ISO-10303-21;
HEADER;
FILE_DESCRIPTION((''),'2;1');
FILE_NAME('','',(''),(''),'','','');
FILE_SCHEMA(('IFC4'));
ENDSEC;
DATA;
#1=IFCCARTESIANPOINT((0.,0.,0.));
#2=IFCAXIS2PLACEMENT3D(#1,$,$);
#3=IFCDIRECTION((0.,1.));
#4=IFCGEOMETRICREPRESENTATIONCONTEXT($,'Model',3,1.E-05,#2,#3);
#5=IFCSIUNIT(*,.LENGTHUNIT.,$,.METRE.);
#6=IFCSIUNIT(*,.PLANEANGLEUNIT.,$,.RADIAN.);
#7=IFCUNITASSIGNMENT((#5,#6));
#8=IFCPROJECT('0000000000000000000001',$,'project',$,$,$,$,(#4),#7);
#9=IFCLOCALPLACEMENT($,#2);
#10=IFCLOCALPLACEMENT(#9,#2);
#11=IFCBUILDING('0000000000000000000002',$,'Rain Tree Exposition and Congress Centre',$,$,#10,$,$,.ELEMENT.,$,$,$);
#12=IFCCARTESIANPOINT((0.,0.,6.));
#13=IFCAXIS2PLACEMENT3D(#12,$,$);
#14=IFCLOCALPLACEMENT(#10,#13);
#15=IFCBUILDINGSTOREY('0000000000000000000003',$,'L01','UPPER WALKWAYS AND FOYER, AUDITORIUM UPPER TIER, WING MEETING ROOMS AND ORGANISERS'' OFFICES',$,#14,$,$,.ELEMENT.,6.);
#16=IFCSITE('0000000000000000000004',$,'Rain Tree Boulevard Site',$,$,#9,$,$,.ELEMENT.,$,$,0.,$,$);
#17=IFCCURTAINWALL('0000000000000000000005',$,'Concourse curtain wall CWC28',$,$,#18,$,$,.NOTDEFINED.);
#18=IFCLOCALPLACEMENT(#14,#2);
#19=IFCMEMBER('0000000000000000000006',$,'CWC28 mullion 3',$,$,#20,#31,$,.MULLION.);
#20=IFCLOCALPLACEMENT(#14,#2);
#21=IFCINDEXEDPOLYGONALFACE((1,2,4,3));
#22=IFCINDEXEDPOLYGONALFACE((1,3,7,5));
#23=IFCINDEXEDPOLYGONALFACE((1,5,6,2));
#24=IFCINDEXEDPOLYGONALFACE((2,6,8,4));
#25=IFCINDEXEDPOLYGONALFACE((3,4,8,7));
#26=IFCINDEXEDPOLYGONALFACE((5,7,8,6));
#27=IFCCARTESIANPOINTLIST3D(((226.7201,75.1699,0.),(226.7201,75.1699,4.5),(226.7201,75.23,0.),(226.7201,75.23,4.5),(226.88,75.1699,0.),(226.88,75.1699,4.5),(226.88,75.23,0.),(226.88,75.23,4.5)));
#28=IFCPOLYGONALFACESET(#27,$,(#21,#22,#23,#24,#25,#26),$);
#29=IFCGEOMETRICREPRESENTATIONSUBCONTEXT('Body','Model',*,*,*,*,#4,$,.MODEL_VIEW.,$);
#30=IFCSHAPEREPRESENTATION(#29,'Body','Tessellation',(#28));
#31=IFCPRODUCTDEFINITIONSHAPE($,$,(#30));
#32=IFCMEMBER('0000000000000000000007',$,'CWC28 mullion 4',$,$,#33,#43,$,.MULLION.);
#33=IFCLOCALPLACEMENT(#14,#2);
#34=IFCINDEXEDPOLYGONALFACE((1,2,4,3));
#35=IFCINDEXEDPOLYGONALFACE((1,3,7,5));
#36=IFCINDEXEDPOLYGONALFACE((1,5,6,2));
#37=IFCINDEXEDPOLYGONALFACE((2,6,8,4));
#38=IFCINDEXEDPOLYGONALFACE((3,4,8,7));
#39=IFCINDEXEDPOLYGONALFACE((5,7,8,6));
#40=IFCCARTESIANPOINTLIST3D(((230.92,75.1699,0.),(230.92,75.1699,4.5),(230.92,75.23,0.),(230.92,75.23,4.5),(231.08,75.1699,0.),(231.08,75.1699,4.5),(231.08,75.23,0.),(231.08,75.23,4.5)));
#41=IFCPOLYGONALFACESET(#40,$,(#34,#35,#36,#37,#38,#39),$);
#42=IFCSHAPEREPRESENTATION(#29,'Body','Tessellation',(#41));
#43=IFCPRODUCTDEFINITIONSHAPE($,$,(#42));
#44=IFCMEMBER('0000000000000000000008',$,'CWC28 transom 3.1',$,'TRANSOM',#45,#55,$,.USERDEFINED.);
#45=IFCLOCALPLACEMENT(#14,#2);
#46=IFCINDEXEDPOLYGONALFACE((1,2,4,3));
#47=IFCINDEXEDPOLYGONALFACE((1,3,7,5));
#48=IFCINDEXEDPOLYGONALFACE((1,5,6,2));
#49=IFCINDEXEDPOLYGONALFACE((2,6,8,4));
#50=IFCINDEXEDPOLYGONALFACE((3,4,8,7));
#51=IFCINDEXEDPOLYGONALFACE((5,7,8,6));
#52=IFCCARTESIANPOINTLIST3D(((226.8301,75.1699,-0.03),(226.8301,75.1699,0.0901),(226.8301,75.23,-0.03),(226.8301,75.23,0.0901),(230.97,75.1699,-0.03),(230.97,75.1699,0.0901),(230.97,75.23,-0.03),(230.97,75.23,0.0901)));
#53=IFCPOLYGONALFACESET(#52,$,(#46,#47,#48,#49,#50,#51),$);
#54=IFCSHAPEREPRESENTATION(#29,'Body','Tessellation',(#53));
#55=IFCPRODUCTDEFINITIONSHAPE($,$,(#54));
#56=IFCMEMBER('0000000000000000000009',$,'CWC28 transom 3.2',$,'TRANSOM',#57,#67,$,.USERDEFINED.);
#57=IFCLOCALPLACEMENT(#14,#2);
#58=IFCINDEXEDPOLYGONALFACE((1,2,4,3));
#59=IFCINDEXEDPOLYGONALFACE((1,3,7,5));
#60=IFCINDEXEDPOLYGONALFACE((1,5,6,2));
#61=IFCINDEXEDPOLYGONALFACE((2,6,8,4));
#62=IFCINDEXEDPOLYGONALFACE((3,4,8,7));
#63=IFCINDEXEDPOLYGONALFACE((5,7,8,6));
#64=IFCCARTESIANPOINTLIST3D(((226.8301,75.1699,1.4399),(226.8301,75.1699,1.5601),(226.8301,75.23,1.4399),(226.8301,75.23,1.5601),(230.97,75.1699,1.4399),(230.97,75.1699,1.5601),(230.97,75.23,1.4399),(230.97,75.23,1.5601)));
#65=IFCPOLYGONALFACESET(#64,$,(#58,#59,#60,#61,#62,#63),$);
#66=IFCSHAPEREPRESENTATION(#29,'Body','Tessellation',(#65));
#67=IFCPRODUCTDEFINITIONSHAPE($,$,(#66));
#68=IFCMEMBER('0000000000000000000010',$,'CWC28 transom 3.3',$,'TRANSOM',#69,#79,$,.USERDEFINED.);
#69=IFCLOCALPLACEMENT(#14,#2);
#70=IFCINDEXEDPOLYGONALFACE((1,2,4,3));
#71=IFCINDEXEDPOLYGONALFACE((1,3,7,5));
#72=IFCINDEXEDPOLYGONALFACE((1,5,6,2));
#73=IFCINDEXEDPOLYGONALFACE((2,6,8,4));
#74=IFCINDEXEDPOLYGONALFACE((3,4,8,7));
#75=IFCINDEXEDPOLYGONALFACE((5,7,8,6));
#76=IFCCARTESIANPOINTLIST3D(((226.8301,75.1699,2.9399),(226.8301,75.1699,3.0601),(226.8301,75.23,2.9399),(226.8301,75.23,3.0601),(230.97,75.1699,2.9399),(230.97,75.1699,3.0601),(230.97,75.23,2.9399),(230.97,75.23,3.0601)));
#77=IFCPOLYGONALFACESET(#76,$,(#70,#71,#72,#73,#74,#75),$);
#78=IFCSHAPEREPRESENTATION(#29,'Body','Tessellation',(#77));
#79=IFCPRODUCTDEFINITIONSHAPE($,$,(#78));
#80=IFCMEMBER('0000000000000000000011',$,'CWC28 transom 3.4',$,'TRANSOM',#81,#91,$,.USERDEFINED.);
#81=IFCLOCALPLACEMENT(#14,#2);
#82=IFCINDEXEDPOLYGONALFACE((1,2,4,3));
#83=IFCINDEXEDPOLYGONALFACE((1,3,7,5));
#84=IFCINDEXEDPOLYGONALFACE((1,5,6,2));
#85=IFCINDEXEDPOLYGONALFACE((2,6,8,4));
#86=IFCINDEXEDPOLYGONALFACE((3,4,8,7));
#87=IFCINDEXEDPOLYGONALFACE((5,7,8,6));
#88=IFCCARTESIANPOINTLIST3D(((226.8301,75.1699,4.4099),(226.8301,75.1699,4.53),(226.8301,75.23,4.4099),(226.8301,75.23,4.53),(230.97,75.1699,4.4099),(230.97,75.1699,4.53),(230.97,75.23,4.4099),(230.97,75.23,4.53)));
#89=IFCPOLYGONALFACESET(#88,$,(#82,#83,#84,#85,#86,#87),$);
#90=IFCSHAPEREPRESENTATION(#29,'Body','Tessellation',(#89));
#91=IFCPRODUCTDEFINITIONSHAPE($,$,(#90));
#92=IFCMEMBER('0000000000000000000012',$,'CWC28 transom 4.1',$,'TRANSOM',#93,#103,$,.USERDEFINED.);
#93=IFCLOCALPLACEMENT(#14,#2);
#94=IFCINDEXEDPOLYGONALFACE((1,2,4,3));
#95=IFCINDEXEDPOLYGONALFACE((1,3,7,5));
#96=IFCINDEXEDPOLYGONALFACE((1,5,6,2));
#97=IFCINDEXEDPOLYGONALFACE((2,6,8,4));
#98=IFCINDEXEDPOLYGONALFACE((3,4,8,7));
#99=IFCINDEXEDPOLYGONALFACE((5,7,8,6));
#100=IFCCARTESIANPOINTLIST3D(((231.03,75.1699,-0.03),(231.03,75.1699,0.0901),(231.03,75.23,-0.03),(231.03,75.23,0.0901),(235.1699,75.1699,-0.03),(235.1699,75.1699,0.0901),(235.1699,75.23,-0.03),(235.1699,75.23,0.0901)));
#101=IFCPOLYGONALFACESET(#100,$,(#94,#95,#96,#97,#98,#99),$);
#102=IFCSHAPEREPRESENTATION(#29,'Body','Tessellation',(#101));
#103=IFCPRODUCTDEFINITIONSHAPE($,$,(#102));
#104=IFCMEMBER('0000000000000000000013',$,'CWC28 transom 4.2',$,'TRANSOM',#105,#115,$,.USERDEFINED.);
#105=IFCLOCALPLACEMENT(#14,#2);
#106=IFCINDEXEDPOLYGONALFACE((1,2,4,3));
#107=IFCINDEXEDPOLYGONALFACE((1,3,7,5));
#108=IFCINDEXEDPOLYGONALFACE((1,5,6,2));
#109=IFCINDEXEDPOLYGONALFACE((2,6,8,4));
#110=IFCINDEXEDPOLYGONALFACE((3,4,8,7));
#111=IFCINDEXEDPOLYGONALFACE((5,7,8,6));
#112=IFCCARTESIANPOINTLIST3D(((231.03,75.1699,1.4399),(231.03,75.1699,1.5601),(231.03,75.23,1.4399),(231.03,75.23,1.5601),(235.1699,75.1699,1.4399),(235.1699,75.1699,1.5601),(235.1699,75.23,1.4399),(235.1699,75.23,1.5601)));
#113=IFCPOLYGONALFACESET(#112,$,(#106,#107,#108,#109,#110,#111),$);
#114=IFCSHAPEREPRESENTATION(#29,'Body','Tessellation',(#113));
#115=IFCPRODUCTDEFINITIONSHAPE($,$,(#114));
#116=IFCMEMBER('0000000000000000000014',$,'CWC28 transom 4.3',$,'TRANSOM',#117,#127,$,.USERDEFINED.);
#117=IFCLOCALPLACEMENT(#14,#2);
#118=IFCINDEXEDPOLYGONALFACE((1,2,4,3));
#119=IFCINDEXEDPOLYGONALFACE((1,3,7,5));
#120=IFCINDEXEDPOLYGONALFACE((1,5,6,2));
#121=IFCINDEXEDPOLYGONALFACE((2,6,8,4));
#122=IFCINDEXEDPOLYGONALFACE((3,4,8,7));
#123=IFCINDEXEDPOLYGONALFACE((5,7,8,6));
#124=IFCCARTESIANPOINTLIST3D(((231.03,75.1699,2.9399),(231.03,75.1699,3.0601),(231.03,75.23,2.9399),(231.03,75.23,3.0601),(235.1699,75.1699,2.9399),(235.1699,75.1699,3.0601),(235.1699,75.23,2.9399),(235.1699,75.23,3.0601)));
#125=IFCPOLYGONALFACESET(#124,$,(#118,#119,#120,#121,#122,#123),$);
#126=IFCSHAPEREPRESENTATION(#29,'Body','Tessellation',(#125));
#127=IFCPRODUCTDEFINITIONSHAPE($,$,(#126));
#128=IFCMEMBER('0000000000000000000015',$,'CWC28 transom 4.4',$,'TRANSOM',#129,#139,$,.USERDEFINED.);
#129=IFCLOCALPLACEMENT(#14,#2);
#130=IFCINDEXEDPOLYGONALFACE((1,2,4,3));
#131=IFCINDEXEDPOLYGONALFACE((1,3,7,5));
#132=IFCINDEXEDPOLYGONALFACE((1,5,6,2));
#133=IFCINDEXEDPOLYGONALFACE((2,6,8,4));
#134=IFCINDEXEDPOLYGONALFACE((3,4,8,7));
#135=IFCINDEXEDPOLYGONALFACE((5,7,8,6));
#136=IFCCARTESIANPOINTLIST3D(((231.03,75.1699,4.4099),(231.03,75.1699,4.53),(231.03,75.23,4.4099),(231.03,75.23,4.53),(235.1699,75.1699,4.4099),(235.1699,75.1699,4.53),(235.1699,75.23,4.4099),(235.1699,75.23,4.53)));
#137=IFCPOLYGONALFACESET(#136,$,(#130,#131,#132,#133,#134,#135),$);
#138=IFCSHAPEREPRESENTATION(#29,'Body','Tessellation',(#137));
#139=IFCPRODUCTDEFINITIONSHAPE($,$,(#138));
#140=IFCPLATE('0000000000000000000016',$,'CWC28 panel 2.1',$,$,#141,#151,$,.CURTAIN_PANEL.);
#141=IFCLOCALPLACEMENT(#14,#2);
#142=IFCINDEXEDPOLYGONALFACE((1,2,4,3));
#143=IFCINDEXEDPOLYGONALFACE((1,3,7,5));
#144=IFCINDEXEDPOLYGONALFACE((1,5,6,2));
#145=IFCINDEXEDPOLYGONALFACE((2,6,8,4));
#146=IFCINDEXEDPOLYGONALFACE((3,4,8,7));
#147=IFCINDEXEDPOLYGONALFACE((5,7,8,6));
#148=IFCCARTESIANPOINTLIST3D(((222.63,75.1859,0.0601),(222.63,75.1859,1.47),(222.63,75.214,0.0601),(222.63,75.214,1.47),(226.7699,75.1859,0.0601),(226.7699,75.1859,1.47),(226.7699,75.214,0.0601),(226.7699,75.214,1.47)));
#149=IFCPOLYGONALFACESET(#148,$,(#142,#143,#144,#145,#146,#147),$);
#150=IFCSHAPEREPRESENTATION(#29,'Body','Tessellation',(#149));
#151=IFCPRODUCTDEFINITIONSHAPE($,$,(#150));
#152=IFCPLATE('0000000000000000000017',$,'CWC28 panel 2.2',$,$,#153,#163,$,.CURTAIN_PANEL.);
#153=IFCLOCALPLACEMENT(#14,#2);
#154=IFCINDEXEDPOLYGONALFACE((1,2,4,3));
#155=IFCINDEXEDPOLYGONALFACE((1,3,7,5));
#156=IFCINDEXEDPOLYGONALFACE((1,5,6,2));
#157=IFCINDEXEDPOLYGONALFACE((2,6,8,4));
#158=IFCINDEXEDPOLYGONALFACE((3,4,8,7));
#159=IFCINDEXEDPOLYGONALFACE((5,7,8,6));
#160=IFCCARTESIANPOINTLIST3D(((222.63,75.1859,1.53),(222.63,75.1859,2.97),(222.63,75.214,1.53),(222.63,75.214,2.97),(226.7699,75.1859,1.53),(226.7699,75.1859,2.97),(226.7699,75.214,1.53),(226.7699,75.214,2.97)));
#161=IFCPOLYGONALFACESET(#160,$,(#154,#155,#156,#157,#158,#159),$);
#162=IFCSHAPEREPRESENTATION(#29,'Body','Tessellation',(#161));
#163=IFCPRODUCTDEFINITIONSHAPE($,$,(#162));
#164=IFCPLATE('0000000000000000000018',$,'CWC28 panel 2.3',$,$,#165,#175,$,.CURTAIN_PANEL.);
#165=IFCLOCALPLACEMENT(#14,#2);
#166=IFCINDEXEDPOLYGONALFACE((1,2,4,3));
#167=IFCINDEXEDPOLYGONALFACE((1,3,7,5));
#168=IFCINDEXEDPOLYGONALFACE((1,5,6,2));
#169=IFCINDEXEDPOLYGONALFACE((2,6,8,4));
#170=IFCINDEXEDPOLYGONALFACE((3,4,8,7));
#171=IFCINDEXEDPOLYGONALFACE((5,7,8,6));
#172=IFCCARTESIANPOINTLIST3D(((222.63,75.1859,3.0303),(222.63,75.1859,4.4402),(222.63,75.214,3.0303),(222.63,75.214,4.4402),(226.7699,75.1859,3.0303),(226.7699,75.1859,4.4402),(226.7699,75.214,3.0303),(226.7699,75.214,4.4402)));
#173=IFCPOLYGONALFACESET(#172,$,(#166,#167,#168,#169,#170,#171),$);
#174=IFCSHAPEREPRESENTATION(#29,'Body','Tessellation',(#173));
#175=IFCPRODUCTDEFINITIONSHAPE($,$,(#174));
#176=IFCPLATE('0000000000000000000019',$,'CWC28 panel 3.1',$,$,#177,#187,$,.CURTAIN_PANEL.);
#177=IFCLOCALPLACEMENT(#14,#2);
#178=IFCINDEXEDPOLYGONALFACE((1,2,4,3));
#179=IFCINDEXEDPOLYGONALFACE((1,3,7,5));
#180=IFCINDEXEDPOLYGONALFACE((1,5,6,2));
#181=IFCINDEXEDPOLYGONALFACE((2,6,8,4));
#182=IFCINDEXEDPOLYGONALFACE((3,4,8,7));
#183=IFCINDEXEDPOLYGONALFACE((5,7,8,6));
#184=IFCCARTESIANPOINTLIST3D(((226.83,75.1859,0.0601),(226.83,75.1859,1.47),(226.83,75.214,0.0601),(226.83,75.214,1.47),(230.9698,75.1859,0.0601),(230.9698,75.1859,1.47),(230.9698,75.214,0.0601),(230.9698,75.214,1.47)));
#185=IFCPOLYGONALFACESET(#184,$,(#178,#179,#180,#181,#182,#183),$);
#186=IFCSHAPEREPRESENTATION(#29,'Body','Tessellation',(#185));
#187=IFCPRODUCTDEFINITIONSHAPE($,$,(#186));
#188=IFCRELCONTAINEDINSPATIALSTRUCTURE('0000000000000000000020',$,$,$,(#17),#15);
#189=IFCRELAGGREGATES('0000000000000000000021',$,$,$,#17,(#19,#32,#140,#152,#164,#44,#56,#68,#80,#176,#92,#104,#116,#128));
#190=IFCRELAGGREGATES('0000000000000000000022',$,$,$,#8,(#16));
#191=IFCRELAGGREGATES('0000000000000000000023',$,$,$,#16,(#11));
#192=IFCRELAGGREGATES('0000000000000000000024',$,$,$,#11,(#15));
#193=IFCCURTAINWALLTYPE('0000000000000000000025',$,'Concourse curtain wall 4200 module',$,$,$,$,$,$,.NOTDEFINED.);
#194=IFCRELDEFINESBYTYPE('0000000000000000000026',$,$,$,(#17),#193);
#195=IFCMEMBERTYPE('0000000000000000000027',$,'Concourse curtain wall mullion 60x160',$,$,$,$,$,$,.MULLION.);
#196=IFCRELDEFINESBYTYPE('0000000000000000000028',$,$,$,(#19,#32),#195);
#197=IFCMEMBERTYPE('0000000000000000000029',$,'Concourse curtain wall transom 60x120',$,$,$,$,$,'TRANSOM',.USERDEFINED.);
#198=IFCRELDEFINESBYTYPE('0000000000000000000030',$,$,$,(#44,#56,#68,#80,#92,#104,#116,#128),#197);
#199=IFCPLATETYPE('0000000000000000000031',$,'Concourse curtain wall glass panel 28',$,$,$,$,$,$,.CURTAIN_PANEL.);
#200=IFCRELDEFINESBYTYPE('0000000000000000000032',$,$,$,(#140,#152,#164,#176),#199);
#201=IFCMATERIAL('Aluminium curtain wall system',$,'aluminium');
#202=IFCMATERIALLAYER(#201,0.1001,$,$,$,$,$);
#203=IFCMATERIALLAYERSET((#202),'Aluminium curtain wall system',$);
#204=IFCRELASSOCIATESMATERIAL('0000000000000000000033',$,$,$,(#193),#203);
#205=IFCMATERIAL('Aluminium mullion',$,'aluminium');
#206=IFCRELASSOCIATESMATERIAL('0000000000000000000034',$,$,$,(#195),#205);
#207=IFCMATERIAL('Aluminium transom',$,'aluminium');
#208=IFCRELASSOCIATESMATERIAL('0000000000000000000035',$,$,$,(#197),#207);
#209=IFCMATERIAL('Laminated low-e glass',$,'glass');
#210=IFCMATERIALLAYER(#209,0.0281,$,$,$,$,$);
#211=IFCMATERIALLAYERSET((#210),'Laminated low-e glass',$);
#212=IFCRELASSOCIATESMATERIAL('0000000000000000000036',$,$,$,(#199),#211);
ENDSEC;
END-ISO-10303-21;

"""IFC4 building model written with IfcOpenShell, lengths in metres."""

from ifc_helpers import new_model, si_unit, direction, frame, origin, origin_2d, place, context, subcontext, project, spatial, rectangle, extrude, material, layer, layer_set, material_profile, profile_set, type_object, element, aggregate, save


model = new_model("IFC4")

# Units and contexts
model_context = context("Model", 3, precision=1e-05, world=origin(), true_north=direction((0.0, 1.0)))
body_context = subcontext(model_context, "Body", "Model", "MODEL_VIEW")
ifc_project = project(units=[si_unit("LENGTHUNIT", "METRE"), si_unit("PLANEANGLEUNIT", "RADIAN")], contexts=[model_context])

# Site, building, storey
site_placement = place(None, origin())
site = spatial("IfcSite", under=ifc_project, at=site_placement, Name="Rain Tree Boulevard Site", CompositionType="ELEMENT", RefElevation=0.0)
building_placement = place(site_placement, origin())
building = spatial("IfcBuilding", under=site, at=building_placement, Name="Rain Tree Exposition and Congress Centre", CompositionType="ELEMENT")
storey_placement = place(building_placement, frame((0.0, 0.0, 6.0)))
storey = spatial("IfcBuildingStorey", under=building, at=storey_placement, Name="L01", Description="UPPER WALKWAYS AND FOYER, AUDITORIUM UPPER TIER, WING MEETING ROOMS AND ORGANISERS' OFFICES", CompositionType="ELEMENT", Elevation=6.0)

# Curtain wall, members, plates
ifc_material_1 = material(Name="Aluminium curtain wall system", Category="aluminium")
ifc_layer_1 = layer(ifc_material_1, 0.1001)
ifc_layer_set_1 = layer_set([ifc_layer_1], Name="Aluminium curtain wall system")
curtain_wall_type = type_object("IfcCurtainWallType", Name="Concourse curtain wall 4200 module", PredefinedType="NOTDEFINED", material=ifc_layer_set_1)
curtain_wall_placement = place(storey_placement, origin())
curtain_wall = element("IfcCurtainWall", 1, at=curtain_wall_placement, inside=storey, type_object=curtain_wall_type, Name="Concourse curtain wall CWC28", PredefinedType="NOTDEFINED")
ifc_material_2 = material(Name="Aluminium mullion", Category="aluminium")
ifc_material_profile_1 = material_profile(ifc_material_2, rectangle(XDim=0.0601, YDim=0.1599, at=origin_2d()), Name="AL 60x160")
ifc_profile_set_1 = profile_set([ifc_material_profile_1], Name="Aluminium mullion")
member_type_1 = type_object("IfcMemberType", Name="Concourse curtain wall mullion 60x160", PredefinedType="MULLION", material=ifc_profile_set_1)
member_1_placement = place(storey_placement, frame((226.8, 75.2, 0.0), z_axis=(0.0, 0.0, 1.0), x_axis=(0.0, 1.0, 0.0)))
member_1 = element("IfcMember", 2, at=member_1_placement, type_object=member_type_1, Name="CWC28 mullion 3", PredefinedType="MULLION", context=body_context, shape_type="SweptSolid", body=[
    extrude(rectangle(XDim=0.0601, YDim=0.1599, at=origin_2d()), origin(), (0.0, 0.0, 1.0), 4.5),
])
member_2_placement = place(storey_placement, frame((231.0, 75.2, 0.0), z_axis=(0.0, 0.0, 1.0), x_axis=(0.0, 1.0, 0.0)))
member_2 = element("IfcMember", 3, at=member_2_placement, type_object=member_type_1, Name="CWC28 mullion 4", PredefinedType="MULLION", context=body_context, shape_type="SweptSolid", body=[
    extrude(rectangle(XDim=0.0601, YDim=0.1599, at=origin_2d()), origin(), (0.0, 0.0, 1.0), 4.5),
])
ifc_material_3 = material(Name="Aluminium transom", Category="aluminium")
ifc_material_profile_2 = material_profile(ifc_material_3, rectangle(XDim=0.0601, YDim=0.1201, at=origin_2d()), Name="AL 60x120")
ifc_profile_set_2 = profile_set([ifc_material_profile_2], Name="Aluminium transom")
member_type_2 = type_object("IfcMemberType", Name="Concourse curtain wall transom 60x120", ElementType="TRANSOM", PredefinedType="USERDEFINED", material=ifc_profile_set_2)
member_3_placement = place(storey_placement, frame((226.8301, 75.2, 0.03), z_axis=(1.0, 0.0, 0.0), x_axis=(0.0, 1.0, 0.0)))
member_3 = element("IfcMember", 4, at=member_3_placement, type_object=member_type_2, Name="CWC28 transom 3.1", ObjectType="TRANSOM", PredefinedType="USERDEFINED", context=body_context, shape_type="SweptSolid", body=[
    extrude(rectangle(XDim=0.0601, YDim=0.1201, at=origin_2d()), origin(), (0.0, 0.0, 1.0), 4.1399),
])
member_4_placement = place(storey_placement, frame((226.8301, 75.2, 1.5), z_axis=(1.0, 0.0, 0.0), x_axis=(0.0, 1.0, 0.0)))
member_4 = element("IfcMember", 5, at=member_4_placement, type_object=member_type_2, Name="CWC28 transom 3.2", ObjectType="TRANSOM", PredefinedType="USERDEFINED", context=body_context, shape_type="SweptSolid", body=[
    extrude(rectangle(XDim=0.0601, YDim=0.1201, at=origin_2d()), origin(), (0.0, 0.0, 1.0), 4.1399),
])
member_5_placement = place(storey_placement, frame((226.8301, 75.2, 3.0), z_axis=(1.0, 0.0, 0.0), x_axis=(0.0, 1.0, 0.0)))
member_5 = element("IfcMember", 6, at=member_5_placement, type_object=member_type_2, Name="CWC28 transom 3.3", ObjectType="TRANSOM", PredefinedType="USERDEFINED", context=body_context, shape_type="SweptSolid", body=[
    extrude(rectangle(XDim=0.0601, YDim=0.1201, at=origin_2d()), origin(), (0.0, 0.0, 1.0), 4.1399),
])
member_6_placement = place(storey_placement, frame((226.8301, 75.2, 4.47), z_axis=(1.0, 0.0, 0.0), x_axis=(0.0, 1.0, 0.0)))
member_6 = element("IfcMember", 7, at=member_6_placement, type_object=member_type_2, Name="CWC28 transom 3.4", ObjectType="TRANSOM", PredefinedType="USERDEFINED", context=body_context, shape_type="SweptSolid", body=[
    extrude(rectangle(XDim=0.0601, YDim=0.1201, at=origin_2d()), origin(), (0.0, 0.0, 1.0), 4.1399),
])
member_7_placement = place(storey_placement, frame((231.03, 75.2, 0.03), z_axis=(1.0, 0.0, 0.0), x_axis=(0.0, 1.0, 0.0)))
member_7 = element("IfcMember", 8, at=member_7_placement, type_object=member_type_2, Name="CWC28 transom 4.1", ObjectType="TRANSOM", PredefinedType="USERDEFINED", context=body_context, shape_type="SweptSolid", body=[
    extrude(rectangle(XDim=0.0601, YDim=0.1201, at=origin_2d()), origin(), (0.0, 0.0, 1.0), 4.1399),
])
member_8_placement = place(storey_placement, frame((231.03, 75.2, 1.5), z_axis=(1.0, 0.0, 0.0), x_axis=(0.0, 1.0, 0.0)))
member_8 = element("IfcMember", 9, at=member_8_placement, type_object=member_type_2, Name="CWC28 transom 4.2", ObjectType="TRANSOM", PredefinedType="USERDEFINED", context=body_context, shape_type="SweptSolid", body=[
    extrude(rectangle(XDim=0.0601, YDim=0.1201, at=origin_2d()), origin(), (0.0, 0.0, 1.0), 4.1399),
])
member_9_placement = place(storey_placement, frame((231.03, 75.2, 3.0), z_axis=(1.0, 0.0, 0.0), x_axis=(0.0, 1.0, 0.0)))
member_9 = element("IfcMember", 10, at=member_9_placement, type_object=member_type_2, Name="CWC28 transom 4.3", ObjectType="TRANSOM", PredefinedType="USERDEFINED", context=body_context, shape_type="SweptSolid", body=[
    extrude(rectangle(XDim=0.0601, YDim=0.1201, at=origin_2d()), origin(), (0.0, 0.0, 1.0), 4.1399),
])
member_10_placement = place(storey_placement, frame((231.03, 75.2, 4.47), z_axis=(1.0, 0.0, 0.0), x_axis=(0.0, 1.0, 0.0)))
member_10 = element("IfcMember", 11, at=member_10_placement, type_object=member_type_2, Name="CWC28 transom 4.4", ObjectType="TRANSOM", PredefinedType="USERDEFINED", context=body_context, shape_type="SweptSolid", body=[
    extrude(rectangle(XDim=0.0601, YDim=0.1201, at=origin_2d()), origin(), (0.0, 0.0, 1.0), 4.1399),
])
ifc_material_4 = material(Name="Laminated low-e glass", Category="glass")
ifc_layer_2 = layer(ifc_material_4, 0.0281)
ifc_layer_set_2 = layer_set([ifc_layer_2], Name="Laminated low-e glass")
plate_type = type_object("IfcPlateType", Name="Concourse curtain wall glass panel 28", PredefinedType="CURTAIN_PANEL", material=ifc_layer_set_2)
plate_1_placement = place(storey_placement, frame((224.7, 75.2, 0.0601), z_axis=(0.0, 0.0, 1.0), x_axis=(1.0, 0.0, 0.0)))
plate_1 = element("IfcPlate", 12, at=plate_1_placement, type_object=plate_type, Name="CWC28 panel 2.1", PredefinedType="CURTAIN_PANEL", context=body_context, shape_type="SweptSolid", body=[
    extrude(rectangle(XDim=4.1399, YDim=0.0281, at=origin_2d()), origin(), (0.0, 0.0, 1.0), 1.4099),
])
plate_2_placement = place(storey_placement, frame((224.7, 75.2, 1.53), z_axis=(0.0, 0.0, 1.0), x_axis=(1.0, 0.0, 0.0)))
plate_2 = element("IfcPlate", 13, at=plate_2_placement, type_object=plate_type, Name="CWC28 panel 2.2", PredefinedType="CURTAIN_PANEL", context=body_context, shape_type="SweptSolid", body=[
    extrude(rectangle(XDim=4.1399, YDim=0.0281, at=origin_2d()), origin(), (0.0, 0.0, 1.0), 1.4399),
])
plate_3_placement = place(storey_placement, frame((224.7, 75.2, 3.0303), z_axis=(0.0, 0.0, 1.0), x_axis=(1.0, 0.0, 0.0)))
plate_3 = element("IfcPlate", 14, at=plate_3_placement, type_object=plate_type, Name="CWC28 panel 2.3", PredefinedType="CURTAIN_PANEL", context=body_context, shape_type="SweptSolid", body=[
    extrude(rectangle(XDim=4.1399, YDim=0.0281, at=origin_2d()), origin(), (0.0, 0.0, 1.0), 1.4099),
])
plate_4_placement = place(storey_placement, frame((228.8999, 75.2, 0.0601), z_axis=(0.0, 0.0, 1.0), x_axis=(1.0, 0.0, 0.0)))
plate_4 = element("IfcPlate", 15, at=plate_4_placement, type_object=plate_type, Name="CWC28 panel 3.1", PredefinedType="CURTAIN_PANEL", context=body_context, shape_type="SweptSolid", body=[
    extrude(rectangle(XDim=4.1399, YDim=0.0281, at=origin_2d()), origin(), (0.0, 0.0, 1.0), 1.4099),
])
aggregate(curtain_wall, [member_1, member_2, plate_1, plate_2, plate_3, member_3, member_4, member_5, member_6, plate_4, member_7, member_8, member_9, member_10])

save(model, "model.ifc")
